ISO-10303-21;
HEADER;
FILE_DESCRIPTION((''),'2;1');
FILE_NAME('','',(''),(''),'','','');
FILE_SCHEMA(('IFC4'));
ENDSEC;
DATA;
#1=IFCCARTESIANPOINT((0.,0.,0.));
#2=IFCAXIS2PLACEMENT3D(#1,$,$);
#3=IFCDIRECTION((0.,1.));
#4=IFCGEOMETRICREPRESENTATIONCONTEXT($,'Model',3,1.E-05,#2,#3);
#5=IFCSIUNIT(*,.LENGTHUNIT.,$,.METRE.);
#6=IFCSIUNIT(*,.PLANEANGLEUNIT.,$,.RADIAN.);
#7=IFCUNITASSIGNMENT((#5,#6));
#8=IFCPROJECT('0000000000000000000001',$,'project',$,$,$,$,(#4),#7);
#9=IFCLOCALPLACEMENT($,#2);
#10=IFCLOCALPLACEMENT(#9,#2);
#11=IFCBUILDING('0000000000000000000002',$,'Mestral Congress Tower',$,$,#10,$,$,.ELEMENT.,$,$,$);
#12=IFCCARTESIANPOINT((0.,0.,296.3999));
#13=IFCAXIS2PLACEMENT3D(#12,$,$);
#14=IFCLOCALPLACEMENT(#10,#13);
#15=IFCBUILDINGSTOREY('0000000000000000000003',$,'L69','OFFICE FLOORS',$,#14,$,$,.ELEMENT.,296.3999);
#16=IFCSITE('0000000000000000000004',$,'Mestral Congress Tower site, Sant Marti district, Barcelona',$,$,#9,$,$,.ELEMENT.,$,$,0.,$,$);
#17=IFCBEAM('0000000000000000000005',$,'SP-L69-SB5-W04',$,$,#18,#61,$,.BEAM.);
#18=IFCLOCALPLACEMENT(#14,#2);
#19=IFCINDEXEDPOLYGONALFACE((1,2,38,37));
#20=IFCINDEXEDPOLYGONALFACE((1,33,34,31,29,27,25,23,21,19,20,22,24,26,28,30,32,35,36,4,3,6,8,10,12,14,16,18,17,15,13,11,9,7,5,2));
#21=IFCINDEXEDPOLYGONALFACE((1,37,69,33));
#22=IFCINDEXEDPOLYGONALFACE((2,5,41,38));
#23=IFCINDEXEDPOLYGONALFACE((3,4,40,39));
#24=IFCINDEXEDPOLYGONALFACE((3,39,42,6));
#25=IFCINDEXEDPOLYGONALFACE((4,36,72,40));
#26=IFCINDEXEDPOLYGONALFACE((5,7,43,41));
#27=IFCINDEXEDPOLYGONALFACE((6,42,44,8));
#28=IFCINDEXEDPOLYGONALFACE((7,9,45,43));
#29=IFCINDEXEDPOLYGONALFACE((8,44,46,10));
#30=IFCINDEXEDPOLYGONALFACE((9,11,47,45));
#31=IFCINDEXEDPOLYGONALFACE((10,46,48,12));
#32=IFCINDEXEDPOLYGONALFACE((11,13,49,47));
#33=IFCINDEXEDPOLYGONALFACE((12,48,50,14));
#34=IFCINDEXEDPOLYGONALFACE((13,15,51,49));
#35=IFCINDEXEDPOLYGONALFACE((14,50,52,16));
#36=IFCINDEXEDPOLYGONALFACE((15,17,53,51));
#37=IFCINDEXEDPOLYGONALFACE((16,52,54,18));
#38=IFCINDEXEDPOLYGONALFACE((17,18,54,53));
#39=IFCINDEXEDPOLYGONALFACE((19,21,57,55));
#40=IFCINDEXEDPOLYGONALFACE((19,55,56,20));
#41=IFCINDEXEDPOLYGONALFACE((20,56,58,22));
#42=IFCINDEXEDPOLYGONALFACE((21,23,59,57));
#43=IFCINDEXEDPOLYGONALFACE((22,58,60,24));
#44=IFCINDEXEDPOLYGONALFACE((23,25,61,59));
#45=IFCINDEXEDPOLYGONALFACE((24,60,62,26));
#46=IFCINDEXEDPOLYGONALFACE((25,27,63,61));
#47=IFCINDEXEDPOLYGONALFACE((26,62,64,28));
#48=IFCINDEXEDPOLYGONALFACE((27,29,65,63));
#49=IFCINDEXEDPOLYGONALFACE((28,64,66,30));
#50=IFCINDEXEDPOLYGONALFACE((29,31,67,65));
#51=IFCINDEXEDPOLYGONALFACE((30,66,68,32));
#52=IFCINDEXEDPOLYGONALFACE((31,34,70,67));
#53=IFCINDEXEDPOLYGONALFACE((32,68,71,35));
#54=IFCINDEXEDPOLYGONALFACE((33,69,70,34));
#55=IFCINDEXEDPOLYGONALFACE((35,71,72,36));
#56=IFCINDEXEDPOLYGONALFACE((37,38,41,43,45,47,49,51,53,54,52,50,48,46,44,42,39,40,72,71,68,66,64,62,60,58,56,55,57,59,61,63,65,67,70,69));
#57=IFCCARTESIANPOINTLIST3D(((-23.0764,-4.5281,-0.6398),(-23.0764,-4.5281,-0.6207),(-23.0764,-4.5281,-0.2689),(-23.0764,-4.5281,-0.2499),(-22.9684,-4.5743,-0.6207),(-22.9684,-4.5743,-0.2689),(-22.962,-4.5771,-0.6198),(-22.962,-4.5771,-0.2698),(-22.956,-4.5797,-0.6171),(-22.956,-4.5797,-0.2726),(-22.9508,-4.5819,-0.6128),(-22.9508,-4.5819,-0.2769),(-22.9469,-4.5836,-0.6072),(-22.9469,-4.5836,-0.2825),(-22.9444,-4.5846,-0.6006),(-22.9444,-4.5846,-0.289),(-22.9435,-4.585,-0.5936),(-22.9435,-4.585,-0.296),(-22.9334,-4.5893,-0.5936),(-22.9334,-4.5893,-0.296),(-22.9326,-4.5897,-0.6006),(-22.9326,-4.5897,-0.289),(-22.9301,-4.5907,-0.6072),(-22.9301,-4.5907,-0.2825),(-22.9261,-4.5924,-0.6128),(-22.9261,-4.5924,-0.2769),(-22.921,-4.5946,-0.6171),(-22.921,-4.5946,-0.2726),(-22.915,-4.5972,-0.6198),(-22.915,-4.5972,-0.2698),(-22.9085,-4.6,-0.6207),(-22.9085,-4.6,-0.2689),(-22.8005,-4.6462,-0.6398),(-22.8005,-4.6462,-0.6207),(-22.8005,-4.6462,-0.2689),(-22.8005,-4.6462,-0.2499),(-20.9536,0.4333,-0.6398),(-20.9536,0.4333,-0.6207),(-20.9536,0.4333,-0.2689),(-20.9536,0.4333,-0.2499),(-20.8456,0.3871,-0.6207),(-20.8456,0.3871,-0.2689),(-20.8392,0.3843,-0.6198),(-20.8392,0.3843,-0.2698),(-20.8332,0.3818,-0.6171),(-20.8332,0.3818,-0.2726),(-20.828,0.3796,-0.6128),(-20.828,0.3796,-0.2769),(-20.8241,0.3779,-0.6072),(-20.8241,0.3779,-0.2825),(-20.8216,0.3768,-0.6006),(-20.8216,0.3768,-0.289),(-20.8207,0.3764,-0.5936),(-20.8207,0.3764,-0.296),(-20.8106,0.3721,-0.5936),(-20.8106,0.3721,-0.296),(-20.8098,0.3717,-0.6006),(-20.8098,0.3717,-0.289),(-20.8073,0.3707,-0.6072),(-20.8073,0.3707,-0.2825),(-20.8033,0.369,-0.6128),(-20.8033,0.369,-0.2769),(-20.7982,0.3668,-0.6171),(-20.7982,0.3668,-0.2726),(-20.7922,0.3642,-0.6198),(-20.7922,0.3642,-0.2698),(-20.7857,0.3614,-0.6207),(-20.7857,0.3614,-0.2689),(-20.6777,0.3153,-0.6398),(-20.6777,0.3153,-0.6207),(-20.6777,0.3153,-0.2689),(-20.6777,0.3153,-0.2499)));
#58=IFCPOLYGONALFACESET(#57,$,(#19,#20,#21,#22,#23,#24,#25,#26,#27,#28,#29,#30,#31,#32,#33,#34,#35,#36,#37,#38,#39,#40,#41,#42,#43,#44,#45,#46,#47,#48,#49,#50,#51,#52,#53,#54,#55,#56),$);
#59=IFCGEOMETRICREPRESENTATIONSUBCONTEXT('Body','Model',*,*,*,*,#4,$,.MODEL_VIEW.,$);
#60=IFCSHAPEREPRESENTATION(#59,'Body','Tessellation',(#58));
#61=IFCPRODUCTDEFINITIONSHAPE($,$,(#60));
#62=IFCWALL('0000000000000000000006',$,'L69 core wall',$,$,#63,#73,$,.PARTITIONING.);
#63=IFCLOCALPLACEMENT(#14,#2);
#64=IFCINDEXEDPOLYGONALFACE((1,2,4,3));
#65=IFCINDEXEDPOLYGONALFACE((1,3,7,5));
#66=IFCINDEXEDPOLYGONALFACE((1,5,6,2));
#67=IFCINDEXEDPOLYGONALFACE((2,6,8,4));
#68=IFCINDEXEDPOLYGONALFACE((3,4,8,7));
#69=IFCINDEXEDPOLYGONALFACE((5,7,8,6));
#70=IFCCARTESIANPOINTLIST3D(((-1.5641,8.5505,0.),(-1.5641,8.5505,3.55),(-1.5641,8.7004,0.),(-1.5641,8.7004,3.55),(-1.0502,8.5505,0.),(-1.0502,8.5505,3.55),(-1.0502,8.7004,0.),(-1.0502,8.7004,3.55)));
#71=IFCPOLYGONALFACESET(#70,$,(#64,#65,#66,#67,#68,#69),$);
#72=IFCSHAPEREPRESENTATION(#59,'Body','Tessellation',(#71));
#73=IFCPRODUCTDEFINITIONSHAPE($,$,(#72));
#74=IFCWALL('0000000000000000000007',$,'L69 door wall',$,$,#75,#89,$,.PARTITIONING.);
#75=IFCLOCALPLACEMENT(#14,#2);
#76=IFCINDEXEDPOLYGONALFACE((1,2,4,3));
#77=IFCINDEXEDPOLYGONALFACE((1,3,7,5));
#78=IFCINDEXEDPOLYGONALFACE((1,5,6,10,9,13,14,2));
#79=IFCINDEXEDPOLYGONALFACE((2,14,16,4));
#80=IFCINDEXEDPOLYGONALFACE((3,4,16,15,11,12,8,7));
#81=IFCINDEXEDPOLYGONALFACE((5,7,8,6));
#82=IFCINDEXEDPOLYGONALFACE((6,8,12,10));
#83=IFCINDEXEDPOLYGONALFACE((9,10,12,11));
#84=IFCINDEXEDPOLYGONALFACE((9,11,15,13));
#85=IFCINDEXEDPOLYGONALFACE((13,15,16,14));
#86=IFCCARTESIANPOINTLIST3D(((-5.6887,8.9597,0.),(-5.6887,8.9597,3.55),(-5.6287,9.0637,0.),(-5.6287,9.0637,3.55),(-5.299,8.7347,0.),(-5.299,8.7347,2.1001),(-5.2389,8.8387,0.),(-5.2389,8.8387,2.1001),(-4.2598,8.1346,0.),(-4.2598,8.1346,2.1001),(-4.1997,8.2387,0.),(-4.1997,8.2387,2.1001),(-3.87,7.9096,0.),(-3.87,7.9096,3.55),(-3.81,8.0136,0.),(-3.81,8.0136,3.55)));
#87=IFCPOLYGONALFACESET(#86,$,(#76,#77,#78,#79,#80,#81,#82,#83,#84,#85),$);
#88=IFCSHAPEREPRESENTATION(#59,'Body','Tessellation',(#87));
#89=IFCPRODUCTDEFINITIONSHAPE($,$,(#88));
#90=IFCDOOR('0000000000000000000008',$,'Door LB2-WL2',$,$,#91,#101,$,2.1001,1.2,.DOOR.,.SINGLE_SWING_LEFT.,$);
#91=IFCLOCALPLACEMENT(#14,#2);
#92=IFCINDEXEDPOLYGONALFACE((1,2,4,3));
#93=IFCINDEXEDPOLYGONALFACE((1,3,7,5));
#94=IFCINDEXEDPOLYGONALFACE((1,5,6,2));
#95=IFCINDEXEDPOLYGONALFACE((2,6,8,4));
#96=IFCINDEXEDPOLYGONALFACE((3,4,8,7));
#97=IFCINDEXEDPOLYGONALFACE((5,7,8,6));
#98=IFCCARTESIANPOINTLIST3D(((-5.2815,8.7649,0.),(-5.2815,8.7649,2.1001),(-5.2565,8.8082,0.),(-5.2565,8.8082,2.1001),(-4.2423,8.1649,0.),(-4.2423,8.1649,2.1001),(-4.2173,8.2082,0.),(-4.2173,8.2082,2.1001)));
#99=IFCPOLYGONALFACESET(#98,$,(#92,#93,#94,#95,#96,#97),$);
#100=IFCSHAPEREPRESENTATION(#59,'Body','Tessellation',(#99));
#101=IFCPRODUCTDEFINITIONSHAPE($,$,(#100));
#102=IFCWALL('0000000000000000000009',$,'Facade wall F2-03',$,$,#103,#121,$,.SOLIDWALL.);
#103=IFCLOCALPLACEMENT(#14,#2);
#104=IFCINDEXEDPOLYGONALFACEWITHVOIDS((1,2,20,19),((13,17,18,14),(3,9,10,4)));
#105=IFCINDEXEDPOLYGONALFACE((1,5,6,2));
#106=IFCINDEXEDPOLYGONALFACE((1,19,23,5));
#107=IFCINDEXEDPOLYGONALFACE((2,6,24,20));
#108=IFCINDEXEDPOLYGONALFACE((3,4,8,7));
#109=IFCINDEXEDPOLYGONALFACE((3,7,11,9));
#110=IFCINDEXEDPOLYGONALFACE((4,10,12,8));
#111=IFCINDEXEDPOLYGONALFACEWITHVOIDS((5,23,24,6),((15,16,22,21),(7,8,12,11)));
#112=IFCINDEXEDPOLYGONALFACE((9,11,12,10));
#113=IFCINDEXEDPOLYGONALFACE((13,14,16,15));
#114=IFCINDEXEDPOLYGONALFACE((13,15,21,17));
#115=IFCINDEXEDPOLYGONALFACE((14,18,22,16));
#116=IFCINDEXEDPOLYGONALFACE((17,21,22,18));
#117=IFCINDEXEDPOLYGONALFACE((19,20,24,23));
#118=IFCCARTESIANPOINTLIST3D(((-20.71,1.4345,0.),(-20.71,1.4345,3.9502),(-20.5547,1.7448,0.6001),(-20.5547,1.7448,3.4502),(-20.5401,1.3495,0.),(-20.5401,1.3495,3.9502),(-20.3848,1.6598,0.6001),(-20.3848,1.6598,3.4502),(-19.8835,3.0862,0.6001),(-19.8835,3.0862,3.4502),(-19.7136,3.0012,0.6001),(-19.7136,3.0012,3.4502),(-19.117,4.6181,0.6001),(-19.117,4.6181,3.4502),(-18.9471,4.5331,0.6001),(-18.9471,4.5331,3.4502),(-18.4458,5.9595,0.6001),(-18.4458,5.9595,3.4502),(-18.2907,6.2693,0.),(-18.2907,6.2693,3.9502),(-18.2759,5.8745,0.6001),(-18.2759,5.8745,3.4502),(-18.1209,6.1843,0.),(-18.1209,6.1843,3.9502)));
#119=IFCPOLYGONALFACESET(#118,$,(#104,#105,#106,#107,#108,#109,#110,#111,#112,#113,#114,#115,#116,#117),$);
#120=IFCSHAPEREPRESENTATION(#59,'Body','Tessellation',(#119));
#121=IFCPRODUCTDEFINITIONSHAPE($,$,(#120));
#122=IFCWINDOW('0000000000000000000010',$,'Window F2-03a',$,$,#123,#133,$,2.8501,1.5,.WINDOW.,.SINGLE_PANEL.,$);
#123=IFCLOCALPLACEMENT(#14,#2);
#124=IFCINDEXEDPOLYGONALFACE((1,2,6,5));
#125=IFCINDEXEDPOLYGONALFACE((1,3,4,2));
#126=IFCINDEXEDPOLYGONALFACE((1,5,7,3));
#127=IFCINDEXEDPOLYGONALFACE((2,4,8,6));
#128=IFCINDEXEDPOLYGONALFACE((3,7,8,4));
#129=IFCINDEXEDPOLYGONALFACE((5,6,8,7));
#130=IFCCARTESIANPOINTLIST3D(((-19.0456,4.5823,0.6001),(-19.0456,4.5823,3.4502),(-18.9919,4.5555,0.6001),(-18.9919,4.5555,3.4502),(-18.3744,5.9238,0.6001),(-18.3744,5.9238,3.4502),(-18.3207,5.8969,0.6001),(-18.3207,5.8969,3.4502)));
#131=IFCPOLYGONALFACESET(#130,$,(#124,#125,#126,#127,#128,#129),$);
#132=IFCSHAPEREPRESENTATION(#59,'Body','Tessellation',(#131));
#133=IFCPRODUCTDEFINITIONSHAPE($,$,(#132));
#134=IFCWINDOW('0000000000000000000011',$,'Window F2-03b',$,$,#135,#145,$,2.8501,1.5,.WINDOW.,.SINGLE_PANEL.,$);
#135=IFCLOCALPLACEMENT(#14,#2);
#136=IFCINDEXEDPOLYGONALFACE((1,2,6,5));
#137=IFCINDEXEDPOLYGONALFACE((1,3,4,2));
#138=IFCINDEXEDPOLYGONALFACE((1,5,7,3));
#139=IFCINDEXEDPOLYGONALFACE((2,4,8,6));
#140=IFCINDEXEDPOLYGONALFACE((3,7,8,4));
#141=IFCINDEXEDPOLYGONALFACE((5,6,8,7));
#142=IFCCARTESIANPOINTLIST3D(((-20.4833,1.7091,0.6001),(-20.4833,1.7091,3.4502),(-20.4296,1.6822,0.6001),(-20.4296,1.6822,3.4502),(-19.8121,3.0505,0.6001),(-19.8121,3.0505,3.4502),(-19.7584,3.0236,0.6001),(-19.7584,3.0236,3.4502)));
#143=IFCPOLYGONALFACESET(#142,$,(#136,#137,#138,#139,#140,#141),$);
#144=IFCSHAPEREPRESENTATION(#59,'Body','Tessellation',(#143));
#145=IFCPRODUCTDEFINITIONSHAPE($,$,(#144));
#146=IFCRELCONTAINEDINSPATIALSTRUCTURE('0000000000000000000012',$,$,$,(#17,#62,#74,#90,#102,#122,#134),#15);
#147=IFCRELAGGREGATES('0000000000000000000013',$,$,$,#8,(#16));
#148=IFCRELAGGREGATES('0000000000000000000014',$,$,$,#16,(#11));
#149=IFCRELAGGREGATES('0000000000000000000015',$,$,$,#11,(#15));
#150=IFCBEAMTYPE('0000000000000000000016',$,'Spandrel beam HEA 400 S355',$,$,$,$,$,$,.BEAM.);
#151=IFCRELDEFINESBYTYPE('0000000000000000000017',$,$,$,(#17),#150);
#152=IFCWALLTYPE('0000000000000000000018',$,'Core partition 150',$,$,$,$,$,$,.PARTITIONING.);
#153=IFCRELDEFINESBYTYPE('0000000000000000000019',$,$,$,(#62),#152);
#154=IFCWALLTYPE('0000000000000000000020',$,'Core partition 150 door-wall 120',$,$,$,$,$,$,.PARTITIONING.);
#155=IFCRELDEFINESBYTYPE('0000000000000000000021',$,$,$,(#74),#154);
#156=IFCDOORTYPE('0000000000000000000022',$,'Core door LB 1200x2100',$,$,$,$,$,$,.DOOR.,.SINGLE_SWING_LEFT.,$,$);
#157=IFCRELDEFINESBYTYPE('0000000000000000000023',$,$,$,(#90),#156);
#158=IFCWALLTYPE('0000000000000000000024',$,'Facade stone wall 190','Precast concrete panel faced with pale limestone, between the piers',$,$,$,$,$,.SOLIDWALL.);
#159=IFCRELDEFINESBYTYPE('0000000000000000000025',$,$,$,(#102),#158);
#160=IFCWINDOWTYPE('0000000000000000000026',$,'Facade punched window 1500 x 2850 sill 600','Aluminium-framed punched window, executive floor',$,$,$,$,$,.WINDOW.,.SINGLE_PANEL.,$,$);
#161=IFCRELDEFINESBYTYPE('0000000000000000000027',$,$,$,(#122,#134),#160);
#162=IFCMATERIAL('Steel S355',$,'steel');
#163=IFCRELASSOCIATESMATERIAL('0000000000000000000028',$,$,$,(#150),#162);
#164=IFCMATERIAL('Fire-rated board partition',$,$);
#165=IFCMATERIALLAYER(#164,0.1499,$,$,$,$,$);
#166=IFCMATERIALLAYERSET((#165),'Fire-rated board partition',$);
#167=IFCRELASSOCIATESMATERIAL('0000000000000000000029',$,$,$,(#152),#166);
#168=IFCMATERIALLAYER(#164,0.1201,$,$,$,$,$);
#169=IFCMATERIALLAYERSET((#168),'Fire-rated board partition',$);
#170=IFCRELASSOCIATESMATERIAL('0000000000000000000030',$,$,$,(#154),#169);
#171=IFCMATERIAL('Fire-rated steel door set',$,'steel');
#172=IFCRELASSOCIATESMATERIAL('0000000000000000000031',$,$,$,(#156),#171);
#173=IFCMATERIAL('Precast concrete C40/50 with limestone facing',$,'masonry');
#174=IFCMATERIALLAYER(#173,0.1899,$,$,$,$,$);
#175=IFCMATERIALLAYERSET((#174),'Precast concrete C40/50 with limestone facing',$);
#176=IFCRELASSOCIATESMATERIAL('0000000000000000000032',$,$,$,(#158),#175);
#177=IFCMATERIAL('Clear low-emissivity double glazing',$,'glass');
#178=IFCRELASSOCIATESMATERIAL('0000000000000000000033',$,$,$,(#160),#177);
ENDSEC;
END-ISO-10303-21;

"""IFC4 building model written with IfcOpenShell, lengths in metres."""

from ifc_helpers import new_model, si_unit, direction, frame, frame_2d, origin, origin_2d, place, context, subcontext, project, spatial, rectangle, i_section, extrude, material, layer, layer_set, material_profile, profile_set, type_object, element, fill, save


model = new_model("IFC4")

# Units and contexts
model_context = context("Model", 3, precision=1e-05, world=origin(), true_north=direction((0.0, 1.0)))
body_context = subcontext(model_context, "Body", "Model", "MODEL_VIEW")
ifc_project = project(units=[si_unit("LENGTHUNIT", "METRE"), si_unit("PLANEANGLEUNIT", "RADIAN")], contexts=[model_context])

# Site, building, storey
site_placement = place(None, origin())
site = spatial("IfcSite", under=ifc_project, at=site_placement, Name="Mestral Congress Tower site, Sant Marti district, Barcelona", CompositionType="ELEMENT", RefElevation=0.0)
building_placement = place(site_placement, origin())
building = spatial("IfcBuilding", under=site, at=building_placement, Name="Mestral Congress Tower", CompositionType="ELEMENT")
storey_placement = place(building_placement, frame((0.0, 0.0, 296.3999)))
storey = spatial("IfcBuildingStorey", under=building, at=storey_placement, Name="L69", Description="OFFICE FLOORS", CompositionType="ELEMENT", Elevation=296.3999)

# Beam
ifc_material_1 = material(Name="Steel S355", Category="steel")
ifc_material_profile_1 = material_profile(ifc_material_1, i_section(OverallWidth=0.3, OverallDepth=0.3899, WebThickness=0.011, FlangeThickness=0.019, FilletRadius=0.0271, at=origin_2d()), Name="HEA 400")
ifc_profile_set_1 = profile_set([ifc_material_profile_1], Name="Steel S355")
beam_type_1 = type_object("IfcBeamType", Name="Spandrel beam HEA 400 S355", PredefinedType="BEAM", material=ifc_profile_set_1)
beam_1_placement = place(storey_placement, frame((-20.8157, 0.3743, -0.4448), z_axis=(-0.393368, -0.919381, 0.0), x_axis=(0.919381, -0.393368, 0.0)))
element("IfcBeam", 1, at=beam_1_placement, inside=storey, type_object=beam_type_1, Name="SP-L69-SB5-W04", PredefinedType="BEAM", context=body_context, shape_type="SweptSolid", body=[
    extrude(i_section(OverallWidth=0.3, OverallDepth=0.3899, WebThickness=0.011, FlangeThickness=0.019, FilletRadius=0.0271, at=origin_2d()), origin(), (0.0, 0.0, 1.0), 5.3965),
])

# Wall
ifc_material_2 = material(Name="Fire-rated board partition")
ifc_layer_1 = layer(ifc_material_2, 0.1499)
ifc_layer_set_1 = layer_set([ifc_layer_1], Name="Fire-rated board partition")
wall_type_1 = type_object("IfcWallType", Name="Core partition 150", PredefinedType="PARTITIONING", material=ifc_layer_set_1)
wall_1_placement = place(storey_placement, frame((-1.564, 8.6255, 0.0), z_axis=(0.0, 0.0, 1.0), x_axis=(1.0, 0.0, 0.0)))
element("IfcWall", 2, at=wall_1_placement, inside=storey, type_object=wall_type_1, Name="L69 core wall", PredefinedType="PARTITIONING", context=body_context, shape_type="SweptSolid", body=[
    extrude(rectangle(XDim=0.5139, YDim=0.1499, at=frame_2d((0.2568, 0.0))), origin(), (0.0, 0.0, 1.0), 3.55),
])

# Wall, opening, door
ifc_layer_2 = layer(ifc_material_2, 0.1201)
ifc_layer_set_2 = layer_set([ifc_layer_2], Name="Fire-rated board partition")
wall_type_2 = type_object("IfcWallType", Name="Core partition 150 door-wall 120", PredefinedType="PARTITIONING", material=ifc_layer_set_2)
wall_2_placement = place(storey_placement, frame((-5.6587, 9.0117, 0.0), z_axis=(0.0, 0.0, 1.0), x_axis=(0.866009, -0.500028, 0.0)))
wall_2 = element("IfcWall", 3, at=wall_2_placement, inside=storey, type_object=wall_type_2, Name="L69 door wall", PredefinedType="PARTITIONING", context=body_context, shape_type="SweptSolid", body=[
    extrude(rectangle(XDim=2.1001, YDim=0.1201, at=frame_2d((1.05, 0.0))), origin(), (0.0, 0.0, 1.0), 3.55),
])
opening_1_placement = place(wall_2_placement, frame((0.45, 0.0, 0.0)))
opening_1 = element("IfcOpeningElement", 4, at=opening_1_placement, cuts=wall_2, PredefinedType="OPENING", context=body_context, shape_type="SweptSolid", body=[
    extrude(rectangle(XDim=1.2, YDim=2.1001, at=frame_2d((0.6001, 1.05))), frame((0.0, 0.0701, 0.0), z_axis=(0.0, -1.0, 0.0), x_axis=(1.0, 0.0, 0.0)), (0.0, 0.0, 1.0), 0.1401),
])
ifc_material_3 = material(Name="Fire-rated steel door set", Category="steel")
door_type_1 = type_object("IfcDoorType", Name="Core door LB 1200x2100", OperationType="SINGLE_SWING_LEFT", PredefinedType="DOOR", material=ifc_material_3)
door_1_placement = place(opening_1_placement, origin())
door_1 = element("IfcDoor", 5, at=door_1_placement, inside=storey, type_object=door_type_1, Name="Door LB2-WL2", OperationType="SINGLE_SWING_LEFT", OverallHeight=2.1001, OverallWidth=1.2, PredefinedType="DOOR", context=body_context, shape_type="SweptSolid", body=[
    extrude(rectangle(XDim=1.2, YDim=2.1001, at=frame_2d((0.6001, 1.05))), frame((0.0, 0.0249, 0.0), z_axis=(0.0, -1.0, 0.0), x_axis=(1.0, 0.0, 0.0)), (0.0, 0.0, 1.0), 0.05),
])
fill(opening_1, door_1)

# Wall, openings, windows
ifc_material_4 = material(Name="Precast concrete C40/50 with limestone facing", Category="masonry")
ifc_layer_3 = layer(ifc_material_4, 0.1899)
ifc_layer_set_3 = layer_set([ifc_layer_3], Name="Precast concrete C40/50 with limestone facing")
wall_type_3 = type_object("IfcWallType", Name="Facade stone wall 190", Description="Precast concrete panel faced with pale limestone, between the piers", PredefinedType="SOLIDWALL", material=ifc_layer_set_3)
wall_3_placement = place(storey_placement, frame((-18.2058, 6.2268, 0.0), z_axis=(0.0, 0.0, 1.0), x_axis=(-0.447485, -0.894292, 0.0)))
wall_3 = element("IfcWall", 6, at=wall_3_placement, inside=storey, type_object=wall_type_3, Name="Facade wall F2-03", PredefinedType="SOLIDWALL", context=body_context, shape_type="SweptSolid", body=[
    extrude(rectangle(XDim=5.4062, YDim=0.1899, at=frame_2d((2.7031, 0.0))), origin(), (0.0, 0.0, 1.0), 3.9502),
])
opening_2_placement = place(wall_3_placement, frame((0.3464, 0.0, 0.6001)))
opening_2 = element("IfcOpeningElement", 7, at=opening_2_placement, cuts=wall_3, PredefinedType="OPENING", context=body_context, shape_type="SweptSolid", body=[
    extrude(rectangle(XDim=1.5, YDim=2.8501, at=frame_2d((0.75, 1.425))), frame((0.0, 0.105, 0.0), z_axis=(0.0, -1.0, 0.0), x_axis=(1.0, 0.0, 0.0)), (0.0, 0.0, 1.0), 0.21),
])
opening_3_placement = place(wall_3_placement, frame((3.5593, 0.0, 0.6001)))
opening_3 = element("IfcOpeningElement", 8, at=opening_3_placement, cuts=wall_3, PredefinedType="OPENING", context=body_context, shape_type="SweptSolid", body=[
    extrude(rectangle(XDim=1.5, YDim=2.8501, at=frame_2d((0.75, 1.425))), frame((0.0, 0.105, 0.0), z_axis=(0.0, -1.0, 0.0), x_axis=(1.0, 0.0, 0.0)), (0.0, 0.0, 1.0), 0.21),
])
ifc_material_5 = material(Name="Clear low-emissivity double glazing", Category="glass")
window_type = type_object("IfcWindowType", Name="Facade punched window 1500 x 2850 sill 600", Description="Aluminium-framed punched window, executive floor", PartitioningType="SINGLE_PANEL", PredefinedType="WINDOW", material=ifc_material_5)
window_1_placement = place(opening_2_placement, origin())
window_1 = element("IfcWindow", 9, at=window_1_placement, inside=storey, type_object=window_type, Name="Window F2-03a", OverallHeight=2.8501, OverallWidth=1.5, PartitioningType="SINGLE_PANEL", PredefinedType="WINDOW", context=body_context, shape_type="SweptSolid", body=[
    extrude(rectangle(XDim=1.5, YDim=2.8501, at=frame_2d((0.75, 1.425))), frame((0.0, 0.0449, 0.0), z_axis=(0.0, -1.0, 0.0), x_axis=(1.0, 0.0, 0.0)), (0.0, 0.0, 1.0), 0.0601),
])
fill(opening_2, window_1)
window_2_placement = place(opening_3_placement, origin())
window_2 = element("IfcWindow", 10, at=window_2_placement, inside=storey, type_object=window_type, Name="Window F2-03b", OverallHeight=2.8501, OverallWidth=1.5, PartitioningType="SINGLE_PANEL", PredefinedType="WINDOW", context=body_context, shape_type="SweptSolid", body=[
    extrude(rectangle(XDim=1.5, YDim=2.8501, at=frame_2d((0.75, 1.425))), frame((0.0, 0.0449, 0.0), z_axis=(0.0, -1.0, 0.0), x_axis=(1.0, 0.0, 0.0)), (0.0, 0.0, 1.0), 0.0601),
])
fill(opening_3, window_2)

save(model, "model.ifc")
